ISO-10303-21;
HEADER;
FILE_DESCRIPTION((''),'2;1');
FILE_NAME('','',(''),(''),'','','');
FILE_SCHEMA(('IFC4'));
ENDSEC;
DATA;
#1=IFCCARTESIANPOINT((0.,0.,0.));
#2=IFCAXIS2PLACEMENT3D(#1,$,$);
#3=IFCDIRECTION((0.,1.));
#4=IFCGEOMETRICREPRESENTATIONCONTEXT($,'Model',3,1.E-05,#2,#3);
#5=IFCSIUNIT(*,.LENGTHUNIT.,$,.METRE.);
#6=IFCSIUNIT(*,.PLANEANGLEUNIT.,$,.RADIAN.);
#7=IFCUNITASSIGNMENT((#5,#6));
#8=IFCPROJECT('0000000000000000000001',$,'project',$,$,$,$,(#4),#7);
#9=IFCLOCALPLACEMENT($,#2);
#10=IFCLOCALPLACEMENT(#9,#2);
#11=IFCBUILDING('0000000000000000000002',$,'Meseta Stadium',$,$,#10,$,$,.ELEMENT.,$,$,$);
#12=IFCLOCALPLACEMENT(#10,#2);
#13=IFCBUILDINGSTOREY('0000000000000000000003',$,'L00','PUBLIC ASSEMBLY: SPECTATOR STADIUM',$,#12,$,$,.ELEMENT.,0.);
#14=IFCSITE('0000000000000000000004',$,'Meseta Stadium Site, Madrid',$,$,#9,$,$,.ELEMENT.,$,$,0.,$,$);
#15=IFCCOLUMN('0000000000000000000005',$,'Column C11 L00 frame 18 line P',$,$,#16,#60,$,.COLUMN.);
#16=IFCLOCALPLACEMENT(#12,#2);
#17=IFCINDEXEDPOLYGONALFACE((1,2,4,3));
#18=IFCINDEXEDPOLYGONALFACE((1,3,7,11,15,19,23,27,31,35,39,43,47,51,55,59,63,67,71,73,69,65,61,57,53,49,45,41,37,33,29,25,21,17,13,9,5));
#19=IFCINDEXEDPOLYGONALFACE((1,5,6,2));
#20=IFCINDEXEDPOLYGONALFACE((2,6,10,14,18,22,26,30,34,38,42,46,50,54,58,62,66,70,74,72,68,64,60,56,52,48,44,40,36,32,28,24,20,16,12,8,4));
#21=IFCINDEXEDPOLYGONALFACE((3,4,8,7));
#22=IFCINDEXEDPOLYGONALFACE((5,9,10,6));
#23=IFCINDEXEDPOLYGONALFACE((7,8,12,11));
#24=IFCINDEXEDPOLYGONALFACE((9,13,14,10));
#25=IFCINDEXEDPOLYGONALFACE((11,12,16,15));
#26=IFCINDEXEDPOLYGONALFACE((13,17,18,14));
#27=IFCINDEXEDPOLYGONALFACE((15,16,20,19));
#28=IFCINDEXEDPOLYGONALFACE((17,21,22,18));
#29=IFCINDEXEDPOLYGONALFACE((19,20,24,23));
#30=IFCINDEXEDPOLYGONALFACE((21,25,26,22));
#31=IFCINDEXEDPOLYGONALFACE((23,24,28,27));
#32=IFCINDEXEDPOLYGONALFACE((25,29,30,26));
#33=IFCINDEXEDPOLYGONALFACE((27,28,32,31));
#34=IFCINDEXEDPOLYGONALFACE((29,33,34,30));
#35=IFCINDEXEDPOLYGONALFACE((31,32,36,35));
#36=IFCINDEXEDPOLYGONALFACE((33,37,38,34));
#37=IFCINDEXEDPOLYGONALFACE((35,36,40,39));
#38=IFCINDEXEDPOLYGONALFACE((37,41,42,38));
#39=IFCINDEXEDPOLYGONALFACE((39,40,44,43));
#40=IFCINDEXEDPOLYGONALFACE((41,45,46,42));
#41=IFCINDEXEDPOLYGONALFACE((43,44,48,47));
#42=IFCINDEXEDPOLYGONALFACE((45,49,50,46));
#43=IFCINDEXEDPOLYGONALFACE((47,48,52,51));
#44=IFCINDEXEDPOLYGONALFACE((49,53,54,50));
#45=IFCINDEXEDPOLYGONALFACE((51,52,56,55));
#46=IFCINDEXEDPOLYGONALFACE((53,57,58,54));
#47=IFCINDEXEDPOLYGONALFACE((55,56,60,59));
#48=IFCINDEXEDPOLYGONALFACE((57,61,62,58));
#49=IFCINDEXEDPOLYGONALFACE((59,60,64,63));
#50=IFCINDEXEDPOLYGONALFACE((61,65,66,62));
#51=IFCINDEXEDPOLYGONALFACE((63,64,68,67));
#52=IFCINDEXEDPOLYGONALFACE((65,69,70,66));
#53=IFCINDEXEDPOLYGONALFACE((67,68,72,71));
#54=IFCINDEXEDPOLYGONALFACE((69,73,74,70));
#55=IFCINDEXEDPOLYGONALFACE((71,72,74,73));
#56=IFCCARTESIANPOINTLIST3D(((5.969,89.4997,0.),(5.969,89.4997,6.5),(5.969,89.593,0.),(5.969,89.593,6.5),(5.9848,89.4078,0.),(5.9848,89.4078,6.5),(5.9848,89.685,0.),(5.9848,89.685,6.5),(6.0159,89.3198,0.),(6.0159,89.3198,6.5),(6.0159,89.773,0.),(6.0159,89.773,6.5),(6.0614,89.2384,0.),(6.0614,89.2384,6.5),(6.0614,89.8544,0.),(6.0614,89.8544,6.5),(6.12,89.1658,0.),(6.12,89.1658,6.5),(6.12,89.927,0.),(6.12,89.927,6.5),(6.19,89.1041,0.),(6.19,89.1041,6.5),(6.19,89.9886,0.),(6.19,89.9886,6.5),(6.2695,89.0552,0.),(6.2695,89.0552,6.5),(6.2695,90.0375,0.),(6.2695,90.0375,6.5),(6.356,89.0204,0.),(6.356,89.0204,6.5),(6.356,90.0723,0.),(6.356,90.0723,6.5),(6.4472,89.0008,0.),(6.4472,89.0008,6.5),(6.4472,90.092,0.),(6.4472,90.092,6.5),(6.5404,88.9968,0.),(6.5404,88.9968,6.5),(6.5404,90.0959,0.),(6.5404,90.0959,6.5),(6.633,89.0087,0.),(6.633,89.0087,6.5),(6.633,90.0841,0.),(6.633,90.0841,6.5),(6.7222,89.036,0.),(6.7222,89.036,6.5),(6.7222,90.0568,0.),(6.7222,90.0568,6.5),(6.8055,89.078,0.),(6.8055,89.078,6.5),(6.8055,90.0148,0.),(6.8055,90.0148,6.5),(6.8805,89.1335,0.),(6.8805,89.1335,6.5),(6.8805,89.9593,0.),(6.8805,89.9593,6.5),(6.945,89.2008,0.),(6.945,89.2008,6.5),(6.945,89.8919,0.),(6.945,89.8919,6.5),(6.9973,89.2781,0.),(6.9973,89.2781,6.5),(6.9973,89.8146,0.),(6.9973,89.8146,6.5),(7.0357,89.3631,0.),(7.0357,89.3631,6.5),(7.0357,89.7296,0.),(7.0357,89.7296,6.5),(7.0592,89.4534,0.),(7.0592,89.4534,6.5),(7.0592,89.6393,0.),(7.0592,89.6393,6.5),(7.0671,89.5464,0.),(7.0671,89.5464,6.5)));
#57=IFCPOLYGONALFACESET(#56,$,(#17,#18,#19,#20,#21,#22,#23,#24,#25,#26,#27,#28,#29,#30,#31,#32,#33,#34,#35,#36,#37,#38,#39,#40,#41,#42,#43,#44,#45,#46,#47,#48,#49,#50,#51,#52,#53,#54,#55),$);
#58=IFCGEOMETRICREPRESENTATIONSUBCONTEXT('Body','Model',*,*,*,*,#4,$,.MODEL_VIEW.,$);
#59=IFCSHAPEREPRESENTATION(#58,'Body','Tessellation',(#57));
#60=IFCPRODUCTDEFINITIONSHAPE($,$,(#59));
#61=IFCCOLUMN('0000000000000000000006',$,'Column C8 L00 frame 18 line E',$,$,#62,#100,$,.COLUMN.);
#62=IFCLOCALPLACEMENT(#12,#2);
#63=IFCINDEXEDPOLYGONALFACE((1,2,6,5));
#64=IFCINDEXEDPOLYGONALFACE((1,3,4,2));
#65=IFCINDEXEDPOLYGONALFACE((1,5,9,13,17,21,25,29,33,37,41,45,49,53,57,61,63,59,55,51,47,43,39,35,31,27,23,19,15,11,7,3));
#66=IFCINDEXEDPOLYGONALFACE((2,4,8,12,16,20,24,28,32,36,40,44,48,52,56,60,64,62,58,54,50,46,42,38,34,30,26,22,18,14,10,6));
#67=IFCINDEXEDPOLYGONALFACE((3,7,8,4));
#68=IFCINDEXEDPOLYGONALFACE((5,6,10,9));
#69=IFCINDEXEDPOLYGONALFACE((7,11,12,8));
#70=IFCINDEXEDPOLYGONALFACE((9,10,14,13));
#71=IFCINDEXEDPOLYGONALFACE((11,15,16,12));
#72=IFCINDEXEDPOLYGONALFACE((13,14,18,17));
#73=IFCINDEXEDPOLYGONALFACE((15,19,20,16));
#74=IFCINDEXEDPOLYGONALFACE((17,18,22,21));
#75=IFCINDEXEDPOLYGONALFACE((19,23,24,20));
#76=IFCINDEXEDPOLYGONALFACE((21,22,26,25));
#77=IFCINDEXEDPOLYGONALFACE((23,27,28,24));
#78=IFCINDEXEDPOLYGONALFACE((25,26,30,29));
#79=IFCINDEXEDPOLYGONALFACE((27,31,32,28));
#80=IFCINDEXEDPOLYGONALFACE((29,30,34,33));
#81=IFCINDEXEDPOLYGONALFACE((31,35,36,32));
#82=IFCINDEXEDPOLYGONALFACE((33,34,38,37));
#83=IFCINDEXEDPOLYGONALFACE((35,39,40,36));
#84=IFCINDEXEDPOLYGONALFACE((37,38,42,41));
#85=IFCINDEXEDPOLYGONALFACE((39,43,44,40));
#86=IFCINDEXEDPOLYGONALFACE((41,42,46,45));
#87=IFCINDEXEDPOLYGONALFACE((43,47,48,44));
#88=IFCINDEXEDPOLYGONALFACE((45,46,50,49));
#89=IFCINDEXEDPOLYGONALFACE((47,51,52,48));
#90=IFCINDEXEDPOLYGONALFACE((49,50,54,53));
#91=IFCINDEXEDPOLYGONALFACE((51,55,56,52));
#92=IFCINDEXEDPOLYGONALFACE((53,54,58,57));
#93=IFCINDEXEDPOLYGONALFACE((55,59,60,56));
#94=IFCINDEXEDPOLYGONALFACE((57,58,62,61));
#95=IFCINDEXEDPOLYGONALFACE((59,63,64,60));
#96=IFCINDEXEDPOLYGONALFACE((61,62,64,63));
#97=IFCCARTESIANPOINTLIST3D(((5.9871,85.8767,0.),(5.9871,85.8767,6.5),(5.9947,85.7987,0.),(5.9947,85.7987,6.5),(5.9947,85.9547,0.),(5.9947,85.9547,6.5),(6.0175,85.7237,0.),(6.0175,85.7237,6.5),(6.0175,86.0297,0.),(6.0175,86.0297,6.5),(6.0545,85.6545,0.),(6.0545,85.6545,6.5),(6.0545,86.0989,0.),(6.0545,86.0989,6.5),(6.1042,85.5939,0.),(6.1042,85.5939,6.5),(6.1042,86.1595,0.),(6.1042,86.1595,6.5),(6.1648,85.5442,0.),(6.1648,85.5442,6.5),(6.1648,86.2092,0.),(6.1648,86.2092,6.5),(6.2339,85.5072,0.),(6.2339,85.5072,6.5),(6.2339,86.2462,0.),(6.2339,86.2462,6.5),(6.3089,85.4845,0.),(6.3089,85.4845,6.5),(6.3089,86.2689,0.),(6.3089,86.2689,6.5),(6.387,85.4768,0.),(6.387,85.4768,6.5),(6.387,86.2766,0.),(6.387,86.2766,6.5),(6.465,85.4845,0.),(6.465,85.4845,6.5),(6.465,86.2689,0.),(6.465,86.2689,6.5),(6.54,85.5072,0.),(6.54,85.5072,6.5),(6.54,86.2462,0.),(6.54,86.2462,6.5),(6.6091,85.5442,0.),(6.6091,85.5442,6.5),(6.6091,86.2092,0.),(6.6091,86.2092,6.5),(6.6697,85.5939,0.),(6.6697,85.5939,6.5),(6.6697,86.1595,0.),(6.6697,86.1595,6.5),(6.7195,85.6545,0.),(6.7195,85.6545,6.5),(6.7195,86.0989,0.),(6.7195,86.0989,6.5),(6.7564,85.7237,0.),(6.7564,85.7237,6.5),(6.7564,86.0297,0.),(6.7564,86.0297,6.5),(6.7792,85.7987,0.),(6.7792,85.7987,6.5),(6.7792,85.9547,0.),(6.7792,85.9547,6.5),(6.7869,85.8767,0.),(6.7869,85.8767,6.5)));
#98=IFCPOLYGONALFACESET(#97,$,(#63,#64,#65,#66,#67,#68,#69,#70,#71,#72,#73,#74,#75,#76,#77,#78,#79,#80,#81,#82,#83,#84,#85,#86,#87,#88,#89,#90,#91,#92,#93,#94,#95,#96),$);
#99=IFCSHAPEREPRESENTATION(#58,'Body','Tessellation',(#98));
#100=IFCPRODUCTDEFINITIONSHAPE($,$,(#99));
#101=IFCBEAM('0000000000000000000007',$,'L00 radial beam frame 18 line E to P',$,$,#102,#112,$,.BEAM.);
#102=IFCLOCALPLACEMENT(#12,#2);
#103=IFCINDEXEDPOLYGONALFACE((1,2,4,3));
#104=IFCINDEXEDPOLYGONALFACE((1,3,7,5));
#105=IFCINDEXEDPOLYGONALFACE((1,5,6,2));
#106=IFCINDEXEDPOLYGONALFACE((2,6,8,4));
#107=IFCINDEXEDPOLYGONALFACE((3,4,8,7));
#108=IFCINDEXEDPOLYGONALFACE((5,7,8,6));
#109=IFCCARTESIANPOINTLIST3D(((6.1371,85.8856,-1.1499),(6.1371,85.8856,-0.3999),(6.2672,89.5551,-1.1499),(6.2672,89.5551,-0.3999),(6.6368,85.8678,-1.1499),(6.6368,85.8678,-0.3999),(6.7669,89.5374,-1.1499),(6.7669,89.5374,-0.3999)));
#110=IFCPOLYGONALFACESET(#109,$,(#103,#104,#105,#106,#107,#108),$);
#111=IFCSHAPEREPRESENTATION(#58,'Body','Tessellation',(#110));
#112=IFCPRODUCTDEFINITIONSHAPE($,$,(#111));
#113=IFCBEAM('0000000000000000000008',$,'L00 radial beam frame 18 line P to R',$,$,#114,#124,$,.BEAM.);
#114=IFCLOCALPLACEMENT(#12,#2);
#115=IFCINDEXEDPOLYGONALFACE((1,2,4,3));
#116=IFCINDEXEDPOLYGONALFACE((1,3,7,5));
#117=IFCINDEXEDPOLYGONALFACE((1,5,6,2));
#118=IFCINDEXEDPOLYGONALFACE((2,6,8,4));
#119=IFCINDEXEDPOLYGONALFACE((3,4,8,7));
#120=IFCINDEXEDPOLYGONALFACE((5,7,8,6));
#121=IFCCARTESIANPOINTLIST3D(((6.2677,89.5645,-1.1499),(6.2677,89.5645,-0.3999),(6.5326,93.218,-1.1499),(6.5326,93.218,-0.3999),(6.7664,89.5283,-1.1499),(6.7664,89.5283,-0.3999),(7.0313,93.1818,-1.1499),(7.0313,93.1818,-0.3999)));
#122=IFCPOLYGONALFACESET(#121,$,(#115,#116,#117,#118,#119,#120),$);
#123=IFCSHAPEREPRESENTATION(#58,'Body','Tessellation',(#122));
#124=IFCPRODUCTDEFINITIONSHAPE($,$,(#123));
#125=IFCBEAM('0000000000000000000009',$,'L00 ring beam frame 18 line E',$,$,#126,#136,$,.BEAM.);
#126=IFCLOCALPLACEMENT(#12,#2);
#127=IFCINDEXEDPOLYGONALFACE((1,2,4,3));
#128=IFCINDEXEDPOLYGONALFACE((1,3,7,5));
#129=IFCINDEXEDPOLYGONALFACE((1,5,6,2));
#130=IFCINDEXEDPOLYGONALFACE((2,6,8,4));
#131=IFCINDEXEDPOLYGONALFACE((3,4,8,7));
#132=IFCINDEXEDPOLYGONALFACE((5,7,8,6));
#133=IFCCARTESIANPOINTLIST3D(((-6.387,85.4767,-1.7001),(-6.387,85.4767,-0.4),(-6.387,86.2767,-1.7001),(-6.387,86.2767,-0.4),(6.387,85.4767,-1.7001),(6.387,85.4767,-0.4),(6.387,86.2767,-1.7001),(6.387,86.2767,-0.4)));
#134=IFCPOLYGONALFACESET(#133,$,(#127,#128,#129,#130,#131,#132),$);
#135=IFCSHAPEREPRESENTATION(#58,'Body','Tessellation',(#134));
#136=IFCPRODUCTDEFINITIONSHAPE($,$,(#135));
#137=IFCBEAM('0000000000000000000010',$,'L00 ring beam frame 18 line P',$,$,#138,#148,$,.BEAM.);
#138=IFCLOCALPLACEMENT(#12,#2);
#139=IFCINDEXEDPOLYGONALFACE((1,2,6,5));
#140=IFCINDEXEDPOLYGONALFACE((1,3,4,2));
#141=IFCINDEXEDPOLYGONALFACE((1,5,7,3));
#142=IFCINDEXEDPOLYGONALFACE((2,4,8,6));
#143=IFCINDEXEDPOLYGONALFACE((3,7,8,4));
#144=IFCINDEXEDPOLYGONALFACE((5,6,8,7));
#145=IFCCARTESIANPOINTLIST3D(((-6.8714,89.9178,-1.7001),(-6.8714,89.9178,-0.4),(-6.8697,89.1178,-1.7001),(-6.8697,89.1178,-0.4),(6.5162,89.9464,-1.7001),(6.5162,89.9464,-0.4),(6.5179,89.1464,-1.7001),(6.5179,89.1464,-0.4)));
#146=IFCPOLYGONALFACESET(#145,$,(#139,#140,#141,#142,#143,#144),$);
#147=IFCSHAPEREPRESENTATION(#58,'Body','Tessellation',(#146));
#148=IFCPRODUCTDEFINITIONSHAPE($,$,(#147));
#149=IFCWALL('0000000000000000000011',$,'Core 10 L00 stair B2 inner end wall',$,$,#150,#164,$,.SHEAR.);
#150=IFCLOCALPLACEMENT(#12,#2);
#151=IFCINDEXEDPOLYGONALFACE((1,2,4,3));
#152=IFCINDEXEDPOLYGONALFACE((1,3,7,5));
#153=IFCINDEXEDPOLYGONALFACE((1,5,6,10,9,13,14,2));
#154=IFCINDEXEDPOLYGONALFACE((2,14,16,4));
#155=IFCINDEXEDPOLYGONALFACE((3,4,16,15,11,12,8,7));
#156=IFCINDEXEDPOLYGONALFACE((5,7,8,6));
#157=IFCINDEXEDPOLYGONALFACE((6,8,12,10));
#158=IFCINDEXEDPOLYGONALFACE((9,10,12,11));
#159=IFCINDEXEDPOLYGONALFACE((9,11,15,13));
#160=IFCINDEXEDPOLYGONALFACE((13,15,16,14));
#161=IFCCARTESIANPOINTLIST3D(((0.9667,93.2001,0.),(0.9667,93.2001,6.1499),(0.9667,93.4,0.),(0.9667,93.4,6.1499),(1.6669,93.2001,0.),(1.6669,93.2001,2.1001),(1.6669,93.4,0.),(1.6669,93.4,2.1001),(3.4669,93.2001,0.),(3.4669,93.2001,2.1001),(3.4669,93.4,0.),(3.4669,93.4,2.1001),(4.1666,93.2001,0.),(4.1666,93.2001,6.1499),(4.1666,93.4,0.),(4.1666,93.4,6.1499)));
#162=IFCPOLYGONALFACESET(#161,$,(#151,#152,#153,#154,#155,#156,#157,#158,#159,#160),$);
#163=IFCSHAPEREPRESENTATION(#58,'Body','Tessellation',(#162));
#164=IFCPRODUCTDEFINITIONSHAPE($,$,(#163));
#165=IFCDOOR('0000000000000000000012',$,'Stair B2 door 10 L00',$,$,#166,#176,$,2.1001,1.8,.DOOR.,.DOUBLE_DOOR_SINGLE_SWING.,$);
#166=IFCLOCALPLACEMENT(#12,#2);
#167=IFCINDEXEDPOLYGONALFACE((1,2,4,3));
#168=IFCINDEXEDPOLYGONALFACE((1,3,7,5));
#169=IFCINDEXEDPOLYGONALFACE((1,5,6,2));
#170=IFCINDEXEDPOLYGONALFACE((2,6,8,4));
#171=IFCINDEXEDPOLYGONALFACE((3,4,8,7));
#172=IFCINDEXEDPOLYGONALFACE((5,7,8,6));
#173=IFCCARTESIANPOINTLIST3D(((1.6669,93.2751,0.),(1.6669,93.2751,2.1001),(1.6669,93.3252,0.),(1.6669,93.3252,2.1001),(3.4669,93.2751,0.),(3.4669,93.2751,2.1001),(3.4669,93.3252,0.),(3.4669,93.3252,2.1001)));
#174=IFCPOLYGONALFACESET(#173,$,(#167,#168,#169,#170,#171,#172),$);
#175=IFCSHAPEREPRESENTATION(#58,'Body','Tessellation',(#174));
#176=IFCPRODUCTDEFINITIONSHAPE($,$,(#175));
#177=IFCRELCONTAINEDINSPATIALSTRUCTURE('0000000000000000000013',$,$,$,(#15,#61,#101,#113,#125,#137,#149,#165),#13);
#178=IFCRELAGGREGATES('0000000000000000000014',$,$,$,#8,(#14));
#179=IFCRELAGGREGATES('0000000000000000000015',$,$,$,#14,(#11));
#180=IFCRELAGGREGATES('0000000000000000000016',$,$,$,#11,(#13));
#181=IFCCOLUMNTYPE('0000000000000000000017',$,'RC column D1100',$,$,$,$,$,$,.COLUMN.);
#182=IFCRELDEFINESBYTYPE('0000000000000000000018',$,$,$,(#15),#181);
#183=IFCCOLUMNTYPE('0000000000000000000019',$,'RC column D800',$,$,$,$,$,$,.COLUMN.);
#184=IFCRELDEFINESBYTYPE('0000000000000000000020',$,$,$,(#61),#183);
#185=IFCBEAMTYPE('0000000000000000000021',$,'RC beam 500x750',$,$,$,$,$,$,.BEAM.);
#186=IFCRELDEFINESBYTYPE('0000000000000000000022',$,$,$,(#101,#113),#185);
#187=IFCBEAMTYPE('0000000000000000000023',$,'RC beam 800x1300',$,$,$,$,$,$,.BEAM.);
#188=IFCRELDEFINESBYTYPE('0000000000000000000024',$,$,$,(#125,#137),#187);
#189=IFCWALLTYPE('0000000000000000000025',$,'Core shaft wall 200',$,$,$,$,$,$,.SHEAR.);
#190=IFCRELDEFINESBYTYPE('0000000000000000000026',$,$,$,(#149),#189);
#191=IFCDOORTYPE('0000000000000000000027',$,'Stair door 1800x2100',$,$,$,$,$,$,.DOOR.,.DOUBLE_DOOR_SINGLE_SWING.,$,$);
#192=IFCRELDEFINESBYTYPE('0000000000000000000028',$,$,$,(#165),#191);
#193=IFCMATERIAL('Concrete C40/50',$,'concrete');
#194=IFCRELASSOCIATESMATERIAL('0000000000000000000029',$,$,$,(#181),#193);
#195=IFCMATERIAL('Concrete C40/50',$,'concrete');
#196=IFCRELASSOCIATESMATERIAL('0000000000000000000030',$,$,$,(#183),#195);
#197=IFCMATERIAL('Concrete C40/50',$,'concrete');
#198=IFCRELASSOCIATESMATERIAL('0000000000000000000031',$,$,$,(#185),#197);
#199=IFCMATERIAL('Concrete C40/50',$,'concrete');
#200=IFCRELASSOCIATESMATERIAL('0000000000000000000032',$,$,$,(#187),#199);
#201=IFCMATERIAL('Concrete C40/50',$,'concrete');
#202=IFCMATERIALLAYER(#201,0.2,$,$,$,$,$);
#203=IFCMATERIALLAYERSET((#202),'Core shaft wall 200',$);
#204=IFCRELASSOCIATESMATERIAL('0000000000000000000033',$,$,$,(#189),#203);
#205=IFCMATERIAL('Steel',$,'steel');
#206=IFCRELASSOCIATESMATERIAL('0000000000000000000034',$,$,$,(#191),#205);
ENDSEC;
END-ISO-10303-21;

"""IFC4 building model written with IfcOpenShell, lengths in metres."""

from ifc_helpers import new_model, si_unit, direction, frame, frame_2d, origin, origin_2d, place, context, subcontext, project, spatial, rectangle, circle, extrude, material, layer, layer_set, material_profile, profile_set, type_object, element, fill, save


model = new_model("IFC4")

# Units and contexts
model_context = context("Model", 3, precision=1e-05, world=origin(), true_north=direction((0.0, 1.0)))
body_context = subcontext(model_context, "Body", "Model", "MODEL_VIEW")
ifc_project = project(units=[si_unit("LENGTHUNIT", "METRE"), si_unit("PLANEANGLEUNIT", "RADIAN")], contexts=[model_context])

# Site, building, storey
site_placement = place(None, origin())
site = spatial("IfcSite", under=ifc_project, at=site_placement, Name="Meseta Stadium Site, Madrid", CompositionType="ELEMENT", RefElevation=0.0)
building_placement = place(site_placement, origin())
building = spatial("IfcBuilding", under=site, at=building_placement, Name="Meseta Stadium", CompositionType="ELEMENT")
storey_placement = place(building_placement, origin())
storey = spatial("IfcBuildingStorey", under=building, at=storey_placement, Name="L00", Description="PUBLIC ASSEMBLY: SPECTATOR STADIUM", CompositionType="ELEMENT", Elevation=0.0)

# Columns
ifc_material_1 = material(Name="Concrete C40/50", Category="concrete")
ifc_material_profile_1 = material_profile(ifc_material_1, circle(Radius=0.55, at=origin_2d()), Name="RC D1100")
ifc_profile_set_1 = profile_set([ifc_material_profile_1], Name="Concrete C40/50")
column_type_1 = type_object("IfcColumnType", Name="RC column D1100", PredefinedType="COLUMN", material=ifc_profile_set_1)
column_1_placement = place(storey_placement, frame((6.5171, 89.5464, 0.0), z_axis=(0.0, 0.0, 1.0), x_axis=(1.0, 0.0, 0.0)))
element("IfcColumn", 1, at=column_1_placement, inside=storey, type_object=column_type_1, Name="Column C11 L00 frame 18 line P", PredefinedType="COLUMN", context=body_context, shape_type="SweptSolid", body=[
    extrude(circle(Radius=0.55, at=origin_2d()), origin(), (0.0, 0.0, 1.0), 6.5),
])
ifc_material_2 = material(Name="Concrete C40/50", Category="concrete")
ifc_material_profile_2 = material_profile(ifc_material_2, circle(Radius=0.3999, at=origin_2d()), Name="RC D800")
ifc_profile_set_2 = profile_set([ifc_material_profile_2], Name="Concrete C40/50")
column_type_2 = type_object("IfcColumnType", Name="RC column D800", PredefinedType="COLUMN", material=ifc_profile_set_2)
column_2_placement = place(storey_placement, frame((6.387, 85.8767, 0.0), z_axis=(0.0, 0.0, 1.0), x_axis=(1.0, 0.0, 0.0)))
element("IfcColumn", 2, at=column_2_placement, inside=storey, type_object=column_type_2, Name="Column C8 L00 frame 18 line E", PredefinedType="COLUMN", context=body_context, shape_type="SweptSolid", body=[
    extrude(circle(Radius=0.3999, at=origin_2d()), origin(), (0.0, 0.0, 1.0), 6.5),
])

# Beams
ifc_material_3 = material(Name="Concrete C40/50", Category="concrete")
ifc_material_profile_3 = material_profile(ifc_material_3, rectangle(XDim=0.5, YDim=0.75, at=origin_2d()), Name="RC 500x750")
ifc_profile_set_3 = profile_set([ifc_material_profile_3], Name="Concrete C40/50")
beam_type_1 = type_object("IfcBeamType", Name="RC beam 500x750", PredefinedType="BEAM", material=ifc_profile_set_3)
beam_1_placement = place(storey_placement, frame((6.387, 85.8767, -0.7749), z_axis=(0.035438, 0.999372, 0.0), x_axis=(-0.999372, 0.035438, 0.0)))
element("IfcBeam", 3, at=beam_1_placement, inside=storey, type_object=beam_type_1, Name="L00 radial beam frame 18 line E to P", PredefinedType="BEAM", context=body_context, shape_type="SweptSolid", body=[
    extrude(rectangle(XDim=0.5, YDim=0.75, at=origin_2d()), origin(), (0.0, 0.0, 1.0), 3.6719),
])
beam_2_placement = place(storey_placement, frame((6.5171, 89.5464, -0.7749), z_axis=(0.072313, 0.997382, 0.0), x_axis=(-0.997382, 0.072313, 0.0)))
element("IfcBeam", 4, at=beam_2_placement, inside=storey, type_object=beam_type_1, Name="L00 radial beam frame 18 line P to R", PredefinedType="BEAM", context=body_context, shape_type="SweptSolid", body=[
    extrude(rectangle(XDim=0.5, YDim=0.75, at=origin_2d()), origin(), (0.0, 0.0, 1.0), 3.6631),
])
ifc_material_4 = material(Name="Concrete C40/50", Category="concrete")
ifc_material_profile_4 = material_profile(ifc_material_4, rectangle(XDim=0.8, YDim=1.3, at=origin_2d()), Name="RC 800x1300")
ifc_profile_set_4 = profile_set([ifc_material_profile_4], Name="Concrete C40/50")
beam_type_2 = type_object("IfcBeamType", Name="RC beam 800x1300", PredefinedType="BEAM", material=ifc_profile_set_4)
beam_3_placement = place(storey_placement, frame((6.387, 85.8767, -1.05), z_axis=(-1.0, 0.0, 0.0), x_axis=(0.0, -1.0, 0.0)))
element("IfcBeam", 5, at=beam_3_placement, inside=storey, type_object=beam_type_2, Name="L00 ring beam frame 18 line E", PredefinedType="BEAM", context=body_context, shape_type="SweptSolid", body=[
    extrude(rectangle(XDim=0.8, YDim=1.3, at=origin_2d()), origin(), (0.0, 0.0, 1.0), 12.7739),
])
beam_4_placement = place(storey_placement, frame((6.5171, 89.5464, -1.05), z_axis=(-0.999998, -0.002134, 0.0), x_axis=(0.002134, -0.999998, 0.0)))
element("IfcBeam", 6, at=beam_4_placement, inside=storey, type_object=beam_type_2, Name="L00 ring beam frame 18 line P", PredefinedType="BEAM", context=body_context, shape_type="SweptSolid", body=[
    extrude(rectangle(XDim=0.8, YDim=1.3, at=origin_2d()), origin(), (0.0, 0.0, 1.0), 13.3877),
])

# Wall, opening, door
ifc_material_5 = material(Name="Concrete C40/50", Category="concrete")
ifc_layer_1 = layer(ifc_material_5, 0.2)
ifc_layer_set_1 = layer_set([ifc_layer_1], Name="Core shaft wall 200")
wall_type_1 = type_object("IfcWallType", Name="Core shaft wall 200", PredefinedType="SHEAR", material=ifc_layer_set_1)
wall_1_placement = place(storey_placement, frame((4.1667, 93.3, 0.0), z_axis=(0.0, 0.0, 1.0), x_axis=(-1.0, 0.0, 0.0)))
wall_1 = element("IfcWall", 7, at=wall_1_placement, inside=storey, type_object=wall_type_1, Name="Core 10 L00 stair B2 inner end wall", PredefinedType="SHEAR", context=body_context, shape_type="SweptSolid", body=[
    extrude(rectangle(XDim=3.2, YDim=0.2, at=frame_2d((1.6001, 0.0))), origin(), (0.0, 0.0, 1.0), 6.1499),
])
opening_1_placement = place(wall_1_placement, frame((0.7, 0.0, 0.0)))
opening_1 = element("IfcOpeningElement", 8, at=opening_1_placement, cuts=wall_1, PredefinedType="OPENING", context=body_context, shape_type="SweptSolid", body=[
    extrude(rectangle(XDim=1.8, YDim=2.1001, at=frame_2d((0.8999, 1.05))), frame((0.0, 0.1099, 0.0), z_axis=(0.0, -1.0, 0.0), x_axis=(1.0, 0.0, 0.0)), (0.0, 0.0, 1.0), 0.22),
])
ifc_material_6 = material(Name="Steel", Category="steel")
door_type_1 = type_object("IfcDoorType", Name="Stair door 1800x2100", OperationType="DOUBLE_DOOR_SINGLE_SWING", PredefinedType="DOOR", material=ifc_material_6)
door_1_placement = place(opening_1_placement, origin())
door_1 = element("IfcDoor", 9, at=door_1_placement, inside=storey, type_object=door_type_1, Name="Stair B2 door 10 L00", OperationType="DOUBLE_DOOR_SINGLE_SWING", OverallHeight=2.1001, OverallWidth=1.8, PredefinedType="DOOR", context=body_context, shape_type="SweptSolid", body=[
    extrude(rectangle(XDim=1.8, YDim=2.1001, at=frame_2d((0.8999, 1.05))), frame((0.0, 0.0249, 0.0), z_axis=(0.0, -1.0, 0.0), x_axis=(1.0, 0.0, 0.0)), (0.0, 0.0, 1.0), 0.05),
])
fill(opening_1, door_1)

save(model, "model.ifc")
